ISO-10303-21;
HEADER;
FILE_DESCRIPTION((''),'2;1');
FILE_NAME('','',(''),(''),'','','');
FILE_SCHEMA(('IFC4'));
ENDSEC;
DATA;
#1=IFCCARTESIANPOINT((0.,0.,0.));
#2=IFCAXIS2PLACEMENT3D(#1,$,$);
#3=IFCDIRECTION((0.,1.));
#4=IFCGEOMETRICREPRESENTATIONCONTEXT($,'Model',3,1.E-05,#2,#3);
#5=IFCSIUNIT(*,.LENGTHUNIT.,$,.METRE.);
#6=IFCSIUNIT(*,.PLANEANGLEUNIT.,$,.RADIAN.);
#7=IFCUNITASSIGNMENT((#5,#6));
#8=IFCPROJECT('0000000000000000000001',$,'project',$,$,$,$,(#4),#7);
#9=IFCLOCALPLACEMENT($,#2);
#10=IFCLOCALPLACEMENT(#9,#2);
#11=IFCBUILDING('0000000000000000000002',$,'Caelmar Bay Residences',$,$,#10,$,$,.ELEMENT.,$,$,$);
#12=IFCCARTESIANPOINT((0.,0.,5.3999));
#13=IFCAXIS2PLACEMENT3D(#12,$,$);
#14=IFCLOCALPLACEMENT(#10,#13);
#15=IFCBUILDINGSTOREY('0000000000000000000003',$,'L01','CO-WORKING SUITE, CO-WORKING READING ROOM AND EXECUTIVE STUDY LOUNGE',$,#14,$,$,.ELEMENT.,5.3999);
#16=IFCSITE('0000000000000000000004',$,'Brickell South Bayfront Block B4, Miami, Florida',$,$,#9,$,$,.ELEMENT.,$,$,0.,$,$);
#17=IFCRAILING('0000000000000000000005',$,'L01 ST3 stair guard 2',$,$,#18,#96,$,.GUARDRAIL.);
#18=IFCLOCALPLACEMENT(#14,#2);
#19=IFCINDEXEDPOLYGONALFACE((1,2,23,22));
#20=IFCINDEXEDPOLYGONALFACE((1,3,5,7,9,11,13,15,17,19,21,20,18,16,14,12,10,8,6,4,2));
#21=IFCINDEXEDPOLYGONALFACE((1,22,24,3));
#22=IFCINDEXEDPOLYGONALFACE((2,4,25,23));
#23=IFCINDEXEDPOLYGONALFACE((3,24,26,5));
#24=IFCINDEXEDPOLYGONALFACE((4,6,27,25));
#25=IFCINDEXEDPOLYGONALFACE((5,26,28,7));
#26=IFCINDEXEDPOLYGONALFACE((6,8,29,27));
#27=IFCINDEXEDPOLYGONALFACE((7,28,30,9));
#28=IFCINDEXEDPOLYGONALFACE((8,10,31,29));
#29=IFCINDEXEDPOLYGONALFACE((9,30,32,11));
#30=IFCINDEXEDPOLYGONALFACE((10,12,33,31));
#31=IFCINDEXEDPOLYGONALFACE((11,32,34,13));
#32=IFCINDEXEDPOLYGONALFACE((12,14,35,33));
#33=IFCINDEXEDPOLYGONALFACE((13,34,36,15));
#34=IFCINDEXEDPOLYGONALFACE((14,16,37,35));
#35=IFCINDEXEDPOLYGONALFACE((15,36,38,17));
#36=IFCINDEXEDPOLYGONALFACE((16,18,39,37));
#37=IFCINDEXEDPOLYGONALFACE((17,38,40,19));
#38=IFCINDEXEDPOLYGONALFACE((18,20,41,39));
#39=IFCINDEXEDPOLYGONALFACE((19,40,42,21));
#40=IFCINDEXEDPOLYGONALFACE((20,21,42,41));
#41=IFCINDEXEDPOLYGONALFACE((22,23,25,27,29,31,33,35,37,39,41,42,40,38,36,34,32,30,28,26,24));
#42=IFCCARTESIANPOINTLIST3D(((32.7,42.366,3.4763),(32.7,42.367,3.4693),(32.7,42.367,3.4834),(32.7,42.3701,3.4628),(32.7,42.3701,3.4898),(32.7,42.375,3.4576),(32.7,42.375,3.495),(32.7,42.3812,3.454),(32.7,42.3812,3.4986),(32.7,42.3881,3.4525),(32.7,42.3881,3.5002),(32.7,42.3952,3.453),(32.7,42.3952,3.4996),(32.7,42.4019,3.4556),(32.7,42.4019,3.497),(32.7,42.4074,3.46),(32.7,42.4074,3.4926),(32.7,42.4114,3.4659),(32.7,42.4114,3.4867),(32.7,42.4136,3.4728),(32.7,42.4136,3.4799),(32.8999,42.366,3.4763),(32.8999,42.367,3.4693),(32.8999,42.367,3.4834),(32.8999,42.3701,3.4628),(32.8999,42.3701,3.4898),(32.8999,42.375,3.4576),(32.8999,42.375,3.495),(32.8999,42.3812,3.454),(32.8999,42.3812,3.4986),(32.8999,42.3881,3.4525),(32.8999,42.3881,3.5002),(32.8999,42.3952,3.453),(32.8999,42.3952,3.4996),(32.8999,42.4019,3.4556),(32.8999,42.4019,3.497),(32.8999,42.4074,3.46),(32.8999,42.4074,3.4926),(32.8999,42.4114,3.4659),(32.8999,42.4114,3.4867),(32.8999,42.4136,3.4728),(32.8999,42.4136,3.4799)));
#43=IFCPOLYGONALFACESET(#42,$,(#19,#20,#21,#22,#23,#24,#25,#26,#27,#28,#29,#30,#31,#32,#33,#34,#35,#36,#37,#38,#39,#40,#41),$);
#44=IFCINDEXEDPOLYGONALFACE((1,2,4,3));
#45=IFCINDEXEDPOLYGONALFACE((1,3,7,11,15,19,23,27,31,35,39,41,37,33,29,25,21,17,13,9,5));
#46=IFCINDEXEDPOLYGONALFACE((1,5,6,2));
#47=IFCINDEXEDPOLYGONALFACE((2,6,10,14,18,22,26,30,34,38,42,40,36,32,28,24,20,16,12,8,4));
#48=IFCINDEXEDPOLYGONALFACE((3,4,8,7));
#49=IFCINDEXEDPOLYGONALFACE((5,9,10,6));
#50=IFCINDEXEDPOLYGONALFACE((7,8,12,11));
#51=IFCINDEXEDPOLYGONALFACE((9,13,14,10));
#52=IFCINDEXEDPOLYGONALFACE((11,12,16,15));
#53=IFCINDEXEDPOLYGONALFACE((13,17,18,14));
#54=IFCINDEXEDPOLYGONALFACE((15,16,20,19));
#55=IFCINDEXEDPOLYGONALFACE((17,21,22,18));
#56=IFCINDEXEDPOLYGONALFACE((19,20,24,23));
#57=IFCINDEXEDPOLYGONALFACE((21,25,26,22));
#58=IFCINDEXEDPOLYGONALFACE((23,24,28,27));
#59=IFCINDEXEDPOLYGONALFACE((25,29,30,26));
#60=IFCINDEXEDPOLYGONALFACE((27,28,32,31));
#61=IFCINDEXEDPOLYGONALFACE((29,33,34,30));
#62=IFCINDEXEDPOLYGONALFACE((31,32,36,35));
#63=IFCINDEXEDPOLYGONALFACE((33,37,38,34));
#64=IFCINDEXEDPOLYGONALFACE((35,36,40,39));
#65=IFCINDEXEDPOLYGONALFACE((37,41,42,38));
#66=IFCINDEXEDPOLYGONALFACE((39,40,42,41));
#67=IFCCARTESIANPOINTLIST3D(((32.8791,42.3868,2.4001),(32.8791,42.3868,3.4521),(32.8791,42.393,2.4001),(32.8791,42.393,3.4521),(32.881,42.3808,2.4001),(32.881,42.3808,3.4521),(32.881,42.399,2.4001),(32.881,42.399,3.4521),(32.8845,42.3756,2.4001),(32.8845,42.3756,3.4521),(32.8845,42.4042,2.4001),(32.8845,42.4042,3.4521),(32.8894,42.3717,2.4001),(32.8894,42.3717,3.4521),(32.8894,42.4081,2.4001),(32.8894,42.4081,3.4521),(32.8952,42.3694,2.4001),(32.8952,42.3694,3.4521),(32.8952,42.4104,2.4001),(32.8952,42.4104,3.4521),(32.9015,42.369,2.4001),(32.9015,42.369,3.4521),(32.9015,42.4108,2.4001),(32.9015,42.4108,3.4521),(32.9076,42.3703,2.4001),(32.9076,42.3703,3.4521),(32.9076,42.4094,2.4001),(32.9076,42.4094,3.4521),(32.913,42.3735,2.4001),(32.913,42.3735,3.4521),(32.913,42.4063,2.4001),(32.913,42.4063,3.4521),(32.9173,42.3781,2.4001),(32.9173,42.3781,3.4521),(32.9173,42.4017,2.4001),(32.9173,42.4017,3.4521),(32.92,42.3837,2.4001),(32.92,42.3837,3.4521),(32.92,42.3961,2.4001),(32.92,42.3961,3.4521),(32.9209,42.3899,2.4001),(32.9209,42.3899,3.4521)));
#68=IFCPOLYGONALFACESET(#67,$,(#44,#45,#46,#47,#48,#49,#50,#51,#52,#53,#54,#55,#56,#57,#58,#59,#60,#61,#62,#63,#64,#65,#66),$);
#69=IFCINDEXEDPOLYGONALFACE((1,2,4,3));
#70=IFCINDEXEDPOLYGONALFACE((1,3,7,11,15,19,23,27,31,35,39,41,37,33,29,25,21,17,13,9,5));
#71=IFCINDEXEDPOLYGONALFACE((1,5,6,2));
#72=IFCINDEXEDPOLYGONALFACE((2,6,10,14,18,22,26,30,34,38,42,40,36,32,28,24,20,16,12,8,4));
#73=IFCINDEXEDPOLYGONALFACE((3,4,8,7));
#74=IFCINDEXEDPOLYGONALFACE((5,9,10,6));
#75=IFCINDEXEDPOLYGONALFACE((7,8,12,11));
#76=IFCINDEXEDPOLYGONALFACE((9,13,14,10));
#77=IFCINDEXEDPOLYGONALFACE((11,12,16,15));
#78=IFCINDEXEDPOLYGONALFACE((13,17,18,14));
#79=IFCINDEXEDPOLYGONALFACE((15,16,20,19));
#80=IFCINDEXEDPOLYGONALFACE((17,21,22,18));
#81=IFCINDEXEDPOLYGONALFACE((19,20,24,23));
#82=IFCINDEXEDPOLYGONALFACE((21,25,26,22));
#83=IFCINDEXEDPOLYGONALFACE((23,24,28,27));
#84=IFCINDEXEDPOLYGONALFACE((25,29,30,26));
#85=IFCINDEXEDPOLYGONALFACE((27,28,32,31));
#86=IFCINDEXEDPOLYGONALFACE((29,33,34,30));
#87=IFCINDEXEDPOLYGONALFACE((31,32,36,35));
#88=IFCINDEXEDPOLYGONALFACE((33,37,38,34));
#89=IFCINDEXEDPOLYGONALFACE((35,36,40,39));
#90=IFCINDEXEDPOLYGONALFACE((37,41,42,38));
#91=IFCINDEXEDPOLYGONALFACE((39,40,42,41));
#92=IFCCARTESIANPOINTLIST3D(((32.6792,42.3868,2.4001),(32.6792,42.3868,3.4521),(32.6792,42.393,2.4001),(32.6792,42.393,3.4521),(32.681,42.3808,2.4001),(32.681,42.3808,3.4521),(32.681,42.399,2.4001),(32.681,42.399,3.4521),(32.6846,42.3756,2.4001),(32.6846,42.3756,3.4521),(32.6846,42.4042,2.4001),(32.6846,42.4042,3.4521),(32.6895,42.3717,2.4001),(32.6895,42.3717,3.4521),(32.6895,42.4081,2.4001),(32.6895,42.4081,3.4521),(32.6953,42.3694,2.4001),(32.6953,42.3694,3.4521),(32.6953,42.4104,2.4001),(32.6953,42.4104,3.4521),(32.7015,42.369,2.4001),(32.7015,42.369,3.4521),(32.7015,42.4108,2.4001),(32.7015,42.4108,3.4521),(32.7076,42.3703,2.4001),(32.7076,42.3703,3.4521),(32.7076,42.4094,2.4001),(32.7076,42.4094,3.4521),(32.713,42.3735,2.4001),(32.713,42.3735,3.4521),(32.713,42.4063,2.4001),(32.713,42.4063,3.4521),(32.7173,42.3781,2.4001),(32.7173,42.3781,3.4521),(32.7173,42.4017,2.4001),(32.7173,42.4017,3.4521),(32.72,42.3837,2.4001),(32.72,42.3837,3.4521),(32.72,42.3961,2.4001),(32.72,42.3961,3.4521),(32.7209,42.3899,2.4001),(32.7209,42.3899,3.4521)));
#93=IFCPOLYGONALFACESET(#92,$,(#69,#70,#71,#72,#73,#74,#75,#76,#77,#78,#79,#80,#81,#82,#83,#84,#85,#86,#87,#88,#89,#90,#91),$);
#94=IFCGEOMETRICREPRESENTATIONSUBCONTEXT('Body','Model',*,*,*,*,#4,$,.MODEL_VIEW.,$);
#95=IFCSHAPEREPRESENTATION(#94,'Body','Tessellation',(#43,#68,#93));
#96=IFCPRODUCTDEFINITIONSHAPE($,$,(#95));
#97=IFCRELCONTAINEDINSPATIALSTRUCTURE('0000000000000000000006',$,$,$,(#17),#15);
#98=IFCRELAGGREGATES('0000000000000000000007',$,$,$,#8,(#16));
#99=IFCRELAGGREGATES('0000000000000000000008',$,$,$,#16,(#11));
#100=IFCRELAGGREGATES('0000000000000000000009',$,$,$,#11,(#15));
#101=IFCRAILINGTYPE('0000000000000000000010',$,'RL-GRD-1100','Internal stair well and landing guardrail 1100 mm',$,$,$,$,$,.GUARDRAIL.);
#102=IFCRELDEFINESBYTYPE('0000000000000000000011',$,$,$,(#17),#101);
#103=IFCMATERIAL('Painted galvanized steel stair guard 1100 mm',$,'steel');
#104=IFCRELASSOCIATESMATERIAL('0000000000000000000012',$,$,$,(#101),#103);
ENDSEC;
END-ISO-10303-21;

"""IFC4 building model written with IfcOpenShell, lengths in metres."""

from ifc_helpers import new_model, si_unit, direction, frame, origin, origin_2d, place, context, subcontext, project, spatial, circle, extrude, material, type_object, element, save


model = new_model("IFC4")

# Units and contexts
model_context = context("Model", 3, precision=1e-05, world=origin(), true_north=direction((0.0, 1.0)))
body_context = subcontext(model_context, "Body", "Model", "MODEL_VIEW")
ifc_project = project(units=[si_unit("LENGTHUNIT", "METRE"), si_unit("PLANEANGLEUNIT", "RADIAN")], contexts=[model_context])

# Site, building, storey
site_placement = place(None, origin())
site = spatial("IfcSite", under=ifc_project, at=site_placement, Name="Brickell South Bayfront Block B4, Miami, Florida", CompositionType="ELEMENT", RefElevation=0.0)
building_placement = place(site_placement, origin())
building = spatial("IfcBuilding", under=site, at=building_placement, Name="Caelmar Bay Residences", CompositionType="ELEMENT")
storey_placement = place(building_placement, frame((0.0, 0.0, 5.3999)))
storey = spatial("IfcBuildingStorey", under=building, at=storey_placement, Name="L01", Description="CO-WORKING SUITE, CO-WORKING READING ROOM AND EXECUTIVE STUDY LOUNGE", CompositionType="ELEMENT", Elevation=5.3999)

# Railing
ifc_material_1 = material(Name="Painted galvanized steel stair guard 1100 mm", Category="steel")
railing_type_1 = type_object("IfcRailingType", Name="RL-GRD-1100", Description="Internal stair well and landing guardrail 1100 mm", PredefinedType="GUARDRAIL", material=ifc_material_1)
railing_1_placement = place(storey_placement, frame((32.8999, 42.3899, 2.4001)))
element("IfcRailing", 1, at=railing_1_placement, inside=storey, type_object=railing_type_1, Name="L01 ST3 stair guard 2", PredefinedType="GUARDRAIL", context=body_context, shape_type="SweptSolid", body=[
    extrude(circle(Radius=0.0239, at=origin_2d()), frame((0.0, 0.0, 1.0762), z_axis=(-1.0, 0.0, 0.0), x_axis=(0.0, -1.0, 0.0)), (0.0, 0.0, 1.0), 0.2),
    extrude(circle(Radius=0.021, at=origin_2d()), origin(), (0.0, 0.0, 1.0), 1.052),
    extrude(circle(Radius=0.021, at=origin_2d()), frame((-0.2, 0.0, 0.0)), (0.0, 0.0, 1.0), 1.052),
])

save(model, "model.ifc")
